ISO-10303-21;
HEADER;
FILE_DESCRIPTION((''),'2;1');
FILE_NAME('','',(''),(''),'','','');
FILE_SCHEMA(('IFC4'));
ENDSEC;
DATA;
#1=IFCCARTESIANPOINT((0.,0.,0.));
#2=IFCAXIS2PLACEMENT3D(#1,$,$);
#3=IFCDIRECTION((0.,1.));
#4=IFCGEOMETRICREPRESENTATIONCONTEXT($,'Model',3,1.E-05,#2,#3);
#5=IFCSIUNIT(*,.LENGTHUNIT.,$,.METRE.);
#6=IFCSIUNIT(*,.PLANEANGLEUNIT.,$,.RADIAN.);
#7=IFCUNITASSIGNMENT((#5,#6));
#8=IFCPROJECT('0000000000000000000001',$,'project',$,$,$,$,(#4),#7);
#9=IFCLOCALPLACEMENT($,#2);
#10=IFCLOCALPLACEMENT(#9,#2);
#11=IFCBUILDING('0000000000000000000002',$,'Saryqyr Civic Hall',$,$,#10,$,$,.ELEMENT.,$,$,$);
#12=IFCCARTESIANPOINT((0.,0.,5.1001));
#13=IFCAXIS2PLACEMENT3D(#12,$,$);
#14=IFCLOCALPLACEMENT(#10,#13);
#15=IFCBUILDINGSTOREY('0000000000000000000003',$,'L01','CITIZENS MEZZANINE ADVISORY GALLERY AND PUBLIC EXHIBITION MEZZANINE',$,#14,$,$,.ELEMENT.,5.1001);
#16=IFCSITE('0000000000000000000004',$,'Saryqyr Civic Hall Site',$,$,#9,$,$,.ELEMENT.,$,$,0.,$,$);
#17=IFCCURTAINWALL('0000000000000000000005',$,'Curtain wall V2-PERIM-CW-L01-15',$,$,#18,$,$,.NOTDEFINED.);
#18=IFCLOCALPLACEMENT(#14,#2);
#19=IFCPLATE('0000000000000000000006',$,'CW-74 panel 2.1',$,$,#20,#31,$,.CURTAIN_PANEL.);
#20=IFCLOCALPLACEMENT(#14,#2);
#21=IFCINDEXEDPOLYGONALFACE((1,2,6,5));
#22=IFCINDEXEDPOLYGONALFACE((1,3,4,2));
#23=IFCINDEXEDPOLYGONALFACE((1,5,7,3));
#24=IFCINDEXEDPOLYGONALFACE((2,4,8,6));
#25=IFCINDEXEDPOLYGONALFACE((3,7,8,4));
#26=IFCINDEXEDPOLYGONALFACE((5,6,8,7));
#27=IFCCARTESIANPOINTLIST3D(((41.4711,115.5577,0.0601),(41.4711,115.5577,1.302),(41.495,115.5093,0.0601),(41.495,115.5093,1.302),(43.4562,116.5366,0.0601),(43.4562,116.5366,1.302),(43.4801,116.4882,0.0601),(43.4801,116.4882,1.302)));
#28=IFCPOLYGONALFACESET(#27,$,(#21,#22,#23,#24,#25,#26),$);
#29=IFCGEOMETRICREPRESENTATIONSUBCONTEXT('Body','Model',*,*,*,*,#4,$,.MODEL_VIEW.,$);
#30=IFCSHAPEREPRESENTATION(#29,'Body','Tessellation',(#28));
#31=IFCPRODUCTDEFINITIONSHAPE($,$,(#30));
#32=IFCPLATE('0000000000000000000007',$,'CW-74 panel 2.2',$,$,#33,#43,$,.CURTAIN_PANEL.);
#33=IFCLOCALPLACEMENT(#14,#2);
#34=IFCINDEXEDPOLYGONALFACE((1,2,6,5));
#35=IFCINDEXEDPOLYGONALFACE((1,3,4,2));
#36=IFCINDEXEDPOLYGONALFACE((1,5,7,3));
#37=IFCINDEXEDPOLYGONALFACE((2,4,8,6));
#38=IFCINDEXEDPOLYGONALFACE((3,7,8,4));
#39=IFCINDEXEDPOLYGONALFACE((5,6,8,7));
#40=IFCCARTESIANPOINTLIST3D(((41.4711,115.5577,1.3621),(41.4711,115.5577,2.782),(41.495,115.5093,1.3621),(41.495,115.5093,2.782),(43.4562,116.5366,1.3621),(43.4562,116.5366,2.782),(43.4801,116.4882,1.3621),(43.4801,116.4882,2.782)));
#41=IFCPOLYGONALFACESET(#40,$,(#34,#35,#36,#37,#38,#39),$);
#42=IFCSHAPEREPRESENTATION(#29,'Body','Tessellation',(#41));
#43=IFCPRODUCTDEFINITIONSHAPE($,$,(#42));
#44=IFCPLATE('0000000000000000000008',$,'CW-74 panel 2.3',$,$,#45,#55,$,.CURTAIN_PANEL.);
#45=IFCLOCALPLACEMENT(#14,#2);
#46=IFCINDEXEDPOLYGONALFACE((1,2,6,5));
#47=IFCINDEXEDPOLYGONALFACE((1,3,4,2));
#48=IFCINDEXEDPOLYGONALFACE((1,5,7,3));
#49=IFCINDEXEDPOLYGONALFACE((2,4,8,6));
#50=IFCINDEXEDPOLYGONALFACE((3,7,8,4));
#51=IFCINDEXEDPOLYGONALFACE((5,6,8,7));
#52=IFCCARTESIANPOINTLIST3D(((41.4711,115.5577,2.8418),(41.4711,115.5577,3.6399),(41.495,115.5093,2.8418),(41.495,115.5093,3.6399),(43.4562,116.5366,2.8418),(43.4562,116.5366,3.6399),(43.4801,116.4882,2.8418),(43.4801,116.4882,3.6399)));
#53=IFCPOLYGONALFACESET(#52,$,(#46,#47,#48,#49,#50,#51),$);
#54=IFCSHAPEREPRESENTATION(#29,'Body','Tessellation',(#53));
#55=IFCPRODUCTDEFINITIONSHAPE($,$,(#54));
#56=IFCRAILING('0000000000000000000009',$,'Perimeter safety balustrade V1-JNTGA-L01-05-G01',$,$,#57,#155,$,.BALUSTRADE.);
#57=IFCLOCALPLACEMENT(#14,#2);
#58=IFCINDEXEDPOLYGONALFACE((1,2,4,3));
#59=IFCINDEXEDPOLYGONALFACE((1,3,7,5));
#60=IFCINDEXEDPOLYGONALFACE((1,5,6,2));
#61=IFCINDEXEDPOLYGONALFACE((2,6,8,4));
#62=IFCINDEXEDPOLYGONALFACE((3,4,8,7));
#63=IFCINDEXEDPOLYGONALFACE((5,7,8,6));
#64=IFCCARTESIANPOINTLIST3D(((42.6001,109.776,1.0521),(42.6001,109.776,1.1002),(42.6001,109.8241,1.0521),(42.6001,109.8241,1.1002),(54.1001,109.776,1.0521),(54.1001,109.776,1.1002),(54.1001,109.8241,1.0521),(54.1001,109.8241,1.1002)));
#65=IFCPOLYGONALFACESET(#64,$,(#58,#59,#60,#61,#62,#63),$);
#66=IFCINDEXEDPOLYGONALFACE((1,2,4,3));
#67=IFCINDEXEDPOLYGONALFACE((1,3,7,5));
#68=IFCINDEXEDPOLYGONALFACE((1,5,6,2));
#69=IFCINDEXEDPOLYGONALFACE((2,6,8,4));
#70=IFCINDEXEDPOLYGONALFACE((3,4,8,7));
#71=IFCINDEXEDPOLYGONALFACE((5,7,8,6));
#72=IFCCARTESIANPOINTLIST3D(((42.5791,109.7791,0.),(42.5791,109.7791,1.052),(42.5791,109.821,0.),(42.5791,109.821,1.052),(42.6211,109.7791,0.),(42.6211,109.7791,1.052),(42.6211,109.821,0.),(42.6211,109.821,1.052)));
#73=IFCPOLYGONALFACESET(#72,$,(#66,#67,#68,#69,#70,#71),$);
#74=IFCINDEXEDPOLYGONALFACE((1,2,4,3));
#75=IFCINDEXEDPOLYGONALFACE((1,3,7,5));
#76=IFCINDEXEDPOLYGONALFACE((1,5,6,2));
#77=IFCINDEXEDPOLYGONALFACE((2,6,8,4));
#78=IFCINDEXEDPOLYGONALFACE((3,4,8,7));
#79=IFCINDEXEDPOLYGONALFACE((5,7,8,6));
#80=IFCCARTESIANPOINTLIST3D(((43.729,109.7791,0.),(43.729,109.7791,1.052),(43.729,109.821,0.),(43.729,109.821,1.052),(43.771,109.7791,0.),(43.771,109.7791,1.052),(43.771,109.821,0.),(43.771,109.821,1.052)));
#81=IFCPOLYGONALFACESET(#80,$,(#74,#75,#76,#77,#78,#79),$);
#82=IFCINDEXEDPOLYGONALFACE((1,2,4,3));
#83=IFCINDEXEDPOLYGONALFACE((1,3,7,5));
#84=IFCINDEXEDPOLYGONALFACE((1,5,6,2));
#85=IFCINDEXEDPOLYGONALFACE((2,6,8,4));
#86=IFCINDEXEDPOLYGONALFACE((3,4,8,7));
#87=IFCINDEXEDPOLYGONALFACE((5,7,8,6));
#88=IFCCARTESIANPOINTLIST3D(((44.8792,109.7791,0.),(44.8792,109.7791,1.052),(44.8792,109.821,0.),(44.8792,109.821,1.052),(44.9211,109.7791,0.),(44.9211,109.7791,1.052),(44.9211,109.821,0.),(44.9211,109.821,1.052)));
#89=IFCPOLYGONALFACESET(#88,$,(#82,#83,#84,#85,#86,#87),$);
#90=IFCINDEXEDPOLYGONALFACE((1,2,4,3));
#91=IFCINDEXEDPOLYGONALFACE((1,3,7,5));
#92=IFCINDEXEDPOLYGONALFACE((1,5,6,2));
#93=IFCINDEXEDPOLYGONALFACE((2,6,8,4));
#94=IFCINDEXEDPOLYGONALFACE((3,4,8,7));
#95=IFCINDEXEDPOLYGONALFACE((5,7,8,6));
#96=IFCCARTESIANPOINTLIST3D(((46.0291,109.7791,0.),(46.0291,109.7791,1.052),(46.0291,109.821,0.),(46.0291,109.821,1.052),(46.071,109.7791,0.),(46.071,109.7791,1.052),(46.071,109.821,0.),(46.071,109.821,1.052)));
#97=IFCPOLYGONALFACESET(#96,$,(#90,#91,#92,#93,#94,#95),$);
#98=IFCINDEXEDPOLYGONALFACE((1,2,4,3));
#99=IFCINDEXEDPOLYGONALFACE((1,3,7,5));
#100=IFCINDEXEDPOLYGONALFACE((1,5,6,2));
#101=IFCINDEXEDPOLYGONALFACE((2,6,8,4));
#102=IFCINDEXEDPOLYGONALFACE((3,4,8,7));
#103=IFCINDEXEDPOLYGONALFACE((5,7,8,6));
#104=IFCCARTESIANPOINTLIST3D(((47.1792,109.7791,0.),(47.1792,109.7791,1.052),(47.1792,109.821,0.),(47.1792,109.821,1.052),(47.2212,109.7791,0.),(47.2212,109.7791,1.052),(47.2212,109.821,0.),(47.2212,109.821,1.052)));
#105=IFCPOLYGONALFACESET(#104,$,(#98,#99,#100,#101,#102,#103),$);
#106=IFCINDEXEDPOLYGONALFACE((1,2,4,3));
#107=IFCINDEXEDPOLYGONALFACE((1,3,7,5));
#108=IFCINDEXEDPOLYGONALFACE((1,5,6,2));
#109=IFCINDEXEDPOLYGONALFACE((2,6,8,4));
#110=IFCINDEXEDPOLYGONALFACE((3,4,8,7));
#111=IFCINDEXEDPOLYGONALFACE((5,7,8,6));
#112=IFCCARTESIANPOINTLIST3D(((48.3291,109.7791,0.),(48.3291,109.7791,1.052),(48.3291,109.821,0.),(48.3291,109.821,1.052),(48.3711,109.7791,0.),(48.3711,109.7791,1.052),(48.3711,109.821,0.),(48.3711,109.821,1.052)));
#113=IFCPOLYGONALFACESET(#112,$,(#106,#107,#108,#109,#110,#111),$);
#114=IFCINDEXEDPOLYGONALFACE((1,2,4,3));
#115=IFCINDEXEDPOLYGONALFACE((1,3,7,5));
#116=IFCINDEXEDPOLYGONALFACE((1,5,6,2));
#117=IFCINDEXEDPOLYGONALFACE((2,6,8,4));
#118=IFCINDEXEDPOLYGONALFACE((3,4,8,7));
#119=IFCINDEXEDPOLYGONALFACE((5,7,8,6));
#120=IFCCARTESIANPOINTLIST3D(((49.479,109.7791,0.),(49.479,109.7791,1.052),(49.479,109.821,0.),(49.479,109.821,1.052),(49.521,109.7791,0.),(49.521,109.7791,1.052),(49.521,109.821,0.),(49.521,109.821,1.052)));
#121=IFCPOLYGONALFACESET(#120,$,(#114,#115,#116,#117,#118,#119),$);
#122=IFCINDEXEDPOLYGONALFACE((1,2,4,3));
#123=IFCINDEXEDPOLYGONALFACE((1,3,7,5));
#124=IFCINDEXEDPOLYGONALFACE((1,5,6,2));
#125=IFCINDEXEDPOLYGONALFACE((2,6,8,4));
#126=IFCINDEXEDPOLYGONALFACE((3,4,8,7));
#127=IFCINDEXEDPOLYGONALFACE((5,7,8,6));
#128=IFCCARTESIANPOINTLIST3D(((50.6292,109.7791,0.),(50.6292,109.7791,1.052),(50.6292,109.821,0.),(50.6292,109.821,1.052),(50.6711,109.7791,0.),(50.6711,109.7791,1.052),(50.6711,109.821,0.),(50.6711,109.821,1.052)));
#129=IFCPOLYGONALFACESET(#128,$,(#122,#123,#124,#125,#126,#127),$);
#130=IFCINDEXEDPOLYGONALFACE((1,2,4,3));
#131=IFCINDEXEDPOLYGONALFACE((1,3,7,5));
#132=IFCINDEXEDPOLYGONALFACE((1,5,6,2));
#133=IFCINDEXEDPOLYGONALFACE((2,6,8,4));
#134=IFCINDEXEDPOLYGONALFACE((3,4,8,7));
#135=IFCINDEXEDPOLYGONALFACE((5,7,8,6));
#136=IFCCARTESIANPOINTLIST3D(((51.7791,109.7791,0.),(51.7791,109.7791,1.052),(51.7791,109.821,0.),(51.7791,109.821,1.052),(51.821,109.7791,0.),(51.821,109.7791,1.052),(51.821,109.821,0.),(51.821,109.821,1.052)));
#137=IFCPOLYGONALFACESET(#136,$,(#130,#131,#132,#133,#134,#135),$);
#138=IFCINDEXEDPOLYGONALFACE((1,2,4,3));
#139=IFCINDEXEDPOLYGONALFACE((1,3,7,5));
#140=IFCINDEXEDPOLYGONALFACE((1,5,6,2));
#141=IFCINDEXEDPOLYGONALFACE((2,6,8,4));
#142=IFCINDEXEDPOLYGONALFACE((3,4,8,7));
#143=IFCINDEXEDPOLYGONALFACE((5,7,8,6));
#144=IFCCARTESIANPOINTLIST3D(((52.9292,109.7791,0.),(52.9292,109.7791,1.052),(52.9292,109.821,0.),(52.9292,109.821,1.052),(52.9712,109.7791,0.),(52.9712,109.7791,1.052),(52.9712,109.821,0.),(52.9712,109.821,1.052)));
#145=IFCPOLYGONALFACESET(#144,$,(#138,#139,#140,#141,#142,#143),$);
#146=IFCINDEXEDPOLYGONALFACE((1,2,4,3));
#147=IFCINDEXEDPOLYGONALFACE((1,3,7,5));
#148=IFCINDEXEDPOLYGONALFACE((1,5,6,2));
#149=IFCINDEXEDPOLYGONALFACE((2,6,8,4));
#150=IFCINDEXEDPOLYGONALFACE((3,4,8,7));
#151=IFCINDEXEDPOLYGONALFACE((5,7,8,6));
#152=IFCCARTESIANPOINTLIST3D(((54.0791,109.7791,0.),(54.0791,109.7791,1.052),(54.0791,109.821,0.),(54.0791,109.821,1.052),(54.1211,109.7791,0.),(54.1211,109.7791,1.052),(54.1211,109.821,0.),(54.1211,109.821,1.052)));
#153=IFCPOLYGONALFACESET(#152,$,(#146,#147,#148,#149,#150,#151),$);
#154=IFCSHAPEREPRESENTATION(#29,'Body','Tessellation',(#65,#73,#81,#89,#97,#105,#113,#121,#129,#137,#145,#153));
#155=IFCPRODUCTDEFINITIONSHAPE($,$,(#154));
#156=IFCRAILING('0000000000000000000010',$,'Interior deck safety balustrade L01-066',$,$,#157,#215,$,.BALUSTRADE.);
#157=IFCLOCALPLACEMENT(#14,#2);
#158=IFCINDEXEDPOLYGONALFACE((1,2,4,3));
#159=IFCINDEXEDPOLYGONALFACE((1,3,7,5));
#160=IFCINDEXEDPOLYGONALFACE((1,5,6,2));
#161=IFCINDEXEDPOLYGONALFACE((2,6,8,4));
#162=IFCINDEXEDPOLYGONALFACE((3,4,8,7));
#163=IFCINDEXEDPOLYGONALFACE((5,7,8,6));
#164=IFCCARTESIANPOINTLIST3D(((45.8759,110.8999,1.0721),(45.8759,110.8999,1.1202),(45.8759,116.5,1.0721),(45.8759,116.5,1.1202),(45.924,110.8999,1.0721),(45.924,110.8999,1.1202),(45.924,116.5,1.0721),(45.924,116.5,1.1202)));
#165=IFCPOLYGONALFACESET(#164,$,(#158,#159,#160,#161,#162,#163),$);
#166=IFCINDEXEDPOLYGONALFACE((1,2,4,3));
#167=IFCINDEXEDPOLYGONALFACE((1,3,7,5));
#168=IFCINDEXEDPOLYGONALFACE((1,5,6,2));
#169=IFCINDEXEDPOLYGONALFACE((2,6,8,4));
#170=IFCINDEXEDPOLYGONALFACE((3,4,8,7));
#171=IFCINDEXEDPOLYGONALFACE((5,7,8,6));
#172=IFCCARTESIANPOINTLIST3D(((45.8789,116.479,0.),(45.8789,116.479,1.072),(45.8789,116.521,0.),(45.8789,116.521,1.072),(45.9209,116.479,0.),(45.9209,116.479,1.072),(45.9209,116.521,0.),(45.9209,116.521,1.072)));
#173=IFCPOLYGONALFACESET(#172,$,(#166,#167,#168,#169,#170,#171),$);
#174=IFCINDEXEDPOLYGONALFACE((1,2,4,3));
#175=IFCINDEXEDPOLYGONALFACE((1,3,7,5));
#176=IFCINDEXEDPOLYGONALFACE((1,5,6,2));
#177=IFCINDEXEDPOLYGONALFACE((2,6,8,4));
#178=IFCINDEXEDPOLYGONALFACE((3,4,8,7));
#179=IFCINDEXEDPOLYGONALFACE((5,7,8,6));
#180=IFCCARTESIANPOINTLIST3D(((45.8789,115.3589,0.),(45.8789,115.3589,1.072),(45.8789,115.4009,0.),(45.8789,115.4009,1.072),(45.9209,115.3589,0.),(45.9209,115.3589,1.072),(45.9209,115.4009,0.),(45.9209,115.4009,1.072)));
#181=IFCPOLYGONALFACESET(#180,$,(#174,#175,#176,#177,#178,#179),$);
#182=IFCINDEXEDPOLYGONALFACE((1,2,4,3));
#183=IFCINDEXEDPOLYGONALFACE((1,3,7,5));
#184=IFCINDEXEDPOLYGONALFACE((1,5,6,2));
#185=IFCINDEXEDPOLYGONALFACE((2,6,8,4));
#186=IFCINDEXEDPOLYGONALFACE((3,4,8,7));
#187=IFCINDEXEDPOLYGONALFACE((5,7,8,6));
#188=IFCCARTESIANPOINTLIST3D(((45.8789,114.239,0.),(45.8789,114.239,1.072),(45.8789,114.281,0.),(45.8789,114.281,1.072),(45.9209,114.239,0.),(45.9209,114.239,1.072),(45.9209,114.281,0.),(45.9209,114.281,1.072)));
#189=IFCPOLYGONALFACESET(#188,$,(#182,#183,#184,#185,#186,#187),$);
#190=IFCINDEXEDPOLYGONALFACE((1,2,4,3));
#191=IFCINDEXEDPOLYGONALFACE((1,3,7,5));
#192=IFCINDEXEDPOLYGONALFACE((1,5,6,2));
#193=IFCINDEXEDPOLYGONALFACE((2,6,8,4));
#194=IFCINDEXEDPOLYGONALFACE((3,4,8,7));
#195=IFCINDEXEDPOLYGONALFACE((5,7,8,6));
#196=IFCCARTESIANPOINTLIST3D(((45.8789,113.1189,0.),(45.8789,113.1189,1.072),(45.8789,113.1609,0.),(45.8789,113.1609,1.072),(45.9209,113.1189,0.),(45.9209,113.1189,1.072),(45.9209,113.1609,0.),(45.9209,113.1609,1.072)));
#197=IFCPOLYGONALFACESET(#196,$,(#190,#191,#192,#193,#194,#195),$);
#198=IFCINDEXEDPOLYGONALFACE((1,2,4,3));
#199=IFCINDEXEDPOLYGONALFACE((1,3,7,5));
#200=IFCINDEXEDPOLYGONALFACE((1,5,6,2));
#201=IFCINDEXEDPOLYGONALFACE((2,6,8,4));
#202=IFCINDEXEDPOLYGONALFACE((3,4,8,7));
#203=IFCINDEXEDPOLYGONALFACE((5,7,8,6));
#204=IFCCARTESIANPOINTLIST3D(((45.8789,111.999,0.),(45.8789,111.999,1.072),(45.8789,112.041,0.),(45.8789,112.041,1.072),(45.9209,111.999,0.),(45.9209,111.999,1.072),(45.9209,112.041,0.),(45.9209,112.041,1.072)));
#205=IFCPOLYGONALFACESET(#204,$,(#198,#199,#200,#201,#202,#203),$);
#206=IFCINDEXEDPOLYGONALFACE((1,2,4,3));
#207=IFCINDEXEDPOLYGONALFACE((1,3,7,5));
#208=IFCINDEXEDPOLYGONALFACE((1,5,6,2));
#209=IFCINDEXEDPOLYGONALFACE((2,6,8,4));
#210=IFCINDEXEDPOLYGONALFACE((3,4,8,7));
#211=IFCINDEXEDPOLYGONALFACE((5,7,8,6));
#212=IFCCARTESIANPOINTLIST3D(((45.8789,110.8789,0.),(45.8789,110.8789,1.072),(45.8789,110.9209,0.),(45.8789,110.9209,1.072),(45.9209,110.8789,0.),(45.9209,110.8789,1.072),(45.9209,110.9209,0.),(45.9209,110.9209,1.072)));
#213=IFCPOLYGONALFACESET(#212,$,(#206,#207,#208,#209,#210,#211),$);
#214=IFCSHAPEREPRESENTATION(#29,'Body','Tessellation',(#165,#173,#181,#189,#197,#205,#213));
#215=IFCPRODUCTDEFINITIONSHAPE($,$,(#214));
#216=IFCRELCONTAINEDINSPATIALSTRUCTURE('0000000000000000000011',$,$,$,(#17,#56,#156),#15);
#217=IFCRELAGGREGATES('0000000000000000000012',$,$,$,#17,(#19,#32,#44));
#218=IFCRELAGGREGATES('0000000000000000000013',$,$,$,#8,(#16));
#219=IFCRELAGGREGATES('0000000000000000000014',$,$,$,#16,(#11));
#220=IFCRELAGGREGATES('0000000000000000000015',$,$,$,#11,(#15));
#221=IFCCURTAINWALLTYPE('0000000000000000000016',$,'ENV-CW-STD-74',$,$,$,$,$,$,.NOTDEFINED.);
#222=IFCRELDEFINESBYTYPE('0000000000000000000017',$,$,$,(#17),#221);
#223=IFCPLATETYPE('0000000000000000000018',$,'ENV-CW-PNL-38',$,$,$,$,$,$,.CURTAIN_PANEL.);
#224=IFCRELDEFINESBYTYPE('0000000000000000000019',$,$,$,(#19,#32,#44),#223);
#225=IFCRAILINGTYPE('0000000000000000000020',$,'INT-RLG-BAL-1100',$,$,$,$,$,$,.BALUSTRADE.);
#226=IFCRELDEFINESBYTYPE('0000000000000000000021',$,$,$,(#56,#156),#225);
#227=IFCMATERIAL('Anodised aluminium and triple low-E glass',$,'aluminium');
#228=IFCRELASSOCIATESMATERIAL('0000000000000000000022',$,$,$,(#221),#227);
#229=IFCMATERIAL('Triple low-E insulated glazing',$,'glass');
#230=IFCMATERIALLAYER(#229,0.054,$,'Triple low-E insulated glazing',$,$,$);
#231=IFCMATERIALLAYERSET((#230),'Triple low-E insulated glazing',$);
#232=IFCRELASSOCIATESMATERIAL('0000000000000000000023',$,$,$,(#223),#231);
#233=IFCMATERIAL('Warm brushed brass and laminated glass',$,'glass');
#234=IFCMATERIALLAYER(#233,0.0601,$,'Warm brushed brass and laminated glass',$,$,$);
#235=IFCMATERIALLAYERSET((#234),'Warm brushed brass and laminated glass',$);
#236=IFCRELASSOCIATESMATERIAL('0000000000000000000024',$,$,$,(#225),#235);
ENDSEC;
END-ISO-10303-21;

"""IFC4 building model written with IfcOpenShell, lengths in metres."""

from ifc_helpers import new_model, si_unit, direction, frame, origin, origin_2d, place, context, subcontext, project, spatial, rectangle, extrude, material, layer, layer_set, type_object, element, aggregate, save


model = new_model("IFC4")

# Units and contexts
model_context = context("Model", 3, precision=1e-05, world=origin(), true_north=direction((0.0, 1.0)))
body_context = subcontext(model_context, "Body", "Model", "MODEL_VIEW")
ifc_project = project(units=[si_unit("LENGTHUNIT", "METRE"), si_unit("PLANEANGLEUNIT", "RADIAN")], contexts=[model_context])

# Site, building, storey
site_placement = place(None, origin())
site = spatial("IfcSite", under=ifc_project, at=site_placement, Name="Saryqyr Civic Hall Site", CompositionType="ELEMENT", RefElevation=0.0)
building_placement = place(site_placement, origin())
building = spatial("IfcBuilding", under=site, at=building_placement, Name="Saryqyr Civic Hall", CompositionType="ELEMENT")
storey_placement = place(building_placement, frame((0.0, 0.0, 5.1001)))
storey = spatial("IfcBuildingStorey", under=building, at=storey_placement, Name="L01", Description="CITIZENS MEZZANINE ADVISORY GALLERY AND PUBLIC EXHIBITION MEZZANINE", CompositionType="ELEMENT", Elevation=5.1001)

# Shared definitions
ifc_material_1 = material(Name="Anodised aluminium and triple low-E glass", Category="aluminium")

# Curtain wall
curtain_wall_type_1 = type_object("IfcCurtainWallType", Name="ENV-CW-STD-74", PredefinedType="NOTDEFINED", material=ifc_material_1)
curtain_wall_1_placement = place(storey_placement, origin())
curtain_wall_1 = element("IfcCurtainWall", 1, at=curtain_wall_1_placement, inside=storey, type_object=curtain_wall_type_1, Name="Curtain wall V2-PERIM-CW-L01-15", PredefinedType="NOTDEFINED")

# Plates
ifc_material_2 = material(Name="Triple low-E insulated glazing", Category="glass")
ifc_layer_1 = layer(ifc_material_2, 0.054, Name="Triple low-E insulated glazing")
ifc_layer_set_1 = layer_set([ifc_layer_1], Name="Triple low-E insulated glazing")
plate_type = type_object("IfcPlateType", Name="ENV-CW-PNL-38", PredefinedType="CURTAIN_PANEL", material=ifc_layer_set_1)
plate_1_placement = place(storey_placement, frame((42.4756, 116.0229, 0.0601), z_axis=(0.0, 0.0, 1.0), x_axis=(0.896875, 0.442284, 0.0)))
plate_1 = element("IfcPlate", 2, at=plate_1_placement, type_object=plate_type, Name="CW-74 panel 2.1", PredefinedType="CURTAIN_PANEL", context=body_context, shape_type="SweptSolid", body=[
    extrude(rectangle(XDim=2.2134, YDim=0.054, at=origin_2d()), origin(), (0.0, 0.0, 1.0), 1.2419),
])
plate_2_placement = place(storey_placement, frame((42.4756, 116.0229, 1.3621), z_axis=(0.0, 0.0, 1.0), x_axis=(0.896875, 0.442284, 0.0)))
plate_2 = element("IfcPlate", 3, at=plate_2_placement, type_object=plate_type, Name="CW-74 panel 2.2", PredefinedType="CURTAIN_PANEL", context=body_context, shape_type="SweptSolid", body=[
    extrude(rectangle(XDim=2.2134, YDim=0.054, at=origin_2d()), origin(), (0.0, 0.0, 1.0), 1.4199),
])
plate_3_placement = place(storey_placement, frame((42.4756, 116.0229, 2.8418), z_axis=(0.0, 0.0, 1.0), x_axis=(0.896875, 0.442284, 0.0)))
plate_3 = element("IfcPlate", 4, at=plate_3_placement, type_object=plate_type, Name="CW-74 panel 2.3", PredefinedType="CURTAIN_PANEL", context=body_context, shape_type="SweptSolid", body=[
    extrude(rectangle(XDim=2.2134, YDim=0.054, at=origin_2d()), origin(), (0.0, 0.0, 1.0), 0.7981),
])
aggregate(curtain_wall_1, [plate_1, plate_2, plate_3])

# Railings
ifc_material_3 = material(Name="Warm brushed brass and laminated glass", Category="glass")
ifc_layer_2 = layer(ifc_material_3, 0.0601, Name="Warm brushed brass and laminated glass")
ifc_layer_set_2 = layer_set([ifc_layer_2], Name="Warm brushed brass and laminated glass")
railing_type = type_object("IfcRailingType", Name="INT-RLG-BAL-1100", PredefinedType="BALUSTRADE", material=ifc_layer_set_2)
railing_1_placement = place(storey_placement, frame((42.6001, 109.8, 0.0)))
element("IfcRailing", 5, at=railing_1_placement, inside=storey, type_object=railing_type, Name="Perimeter safety balustrade V1-JNTGA-L01-05-G01", PredefinedType="BALUSTRADE", context=body_context, shape_type="SweptSolid", body=[
    extrude(rectangle(XDim=0.0481, YDim=0.0481, at=origin_2d()), frame((0.0, 0.0, 1.0762), z_axis=(1.0, 0.0, 0.0), x_axis=(0.0, 1.0, 0.0)), (0.0, 0.0, 1.0), 11.5),
    extrude(rectangle(XDim=0.042, YDim=0.042, at=origin_2d()), origin(), (0.0, 0.0, 1.0), 1.052),
    extrude(rectangle(XDim=0.042, YDim=0.042, at=origin_2d()), frame((1.1499, 0.0, 0.0)), (0.0, 0.0, 1.0), 1.052),
    extrude(rectangle(XDim=0.042, YDim=0.042, at=origin_2d()), frame((2.3, 0.0, 0.0)), (0.0, 0.0, 1.0), 1.052),
    extrude(rectangle(XDim=0.042, YDim=0.042, at=origin_2d()), frame((3.45, 0.0, 0.0)), (0.0, 0.0, 1.0), 1.052),
    extrude(rectangle(XDim=0.042, YDim=0.042, at=origin_2d()), frame((4.6001, 0.0, 0.0)), (0.0, 0.0, 1.0), 1.052),
    extrude(rectangle(XDim=0.042, YDim=0.042, at=origin_2d()), frame((5.75, 0.0, 0.0)), (0.0, 0.0, 1.0), 1.052),
    extrude(rectangle(XDim=0.042, YDim=0.042, at=origin_2d()), frame((6.8999, 0.0, 0.0)), (0.0, 0.0, 1.0), 1.052),
    extrude(rectangle(XDim=0.042, YDim=0.042, at=origin_2d()), frame((8.05, 0.0, 0.0)), (0.0, 0.0, 1.0), 1.052),
    extrude(rectangle(XDim=0.042, YDim=0.042, at=origin_2d()), frame((9.2, 0.0, 0.0)), (0.0, 0.0, 1.0), 1.052),
    extrude(rectangle(XDim=0.042, YDim=0.042, at=origin_2d()), frame((10.3501, 0.0, 0.0)), (0.0, 0.0, 1.0), 1.052),
    extrude(rectangle(XDim=0.042, YDim=0.042, at=origin_2d()), frame((11.5, 0.0, 0.0)), (0.0, 0.0, 1.0), 1.052),
])
railing_2_placement = place(storey_placement, frame((45.8999, 116.5, 0.0)))
element("IfcRailing", 6, at=railing_2_placement, inside=storey, type_object=railing_type, Name="Interior deck safety balustrade L01-066", PredefinedType="BALUSTRADE", context=body_context, shape_type="SweptSolid", body=[
    extrude(rectangle(XDim=0.0481, YDim=0.0481, at=origin_2d()), frame((0.0, 0.0, 1.0962), z_axis=(0.0, -1.0, 0.0), x_axis=(1.0, 0.0, 0.0)), (0.0, 0.0, 1.0), 5.6001),
    extrude(rectangle(XDim=0.042, YDim=0.042, at=origin_2d()), origin(), (0.0, 0.0, 1.0), 1.072),
    extrude(rectangle(XDim=0.042, YDim=0.042, at=origin_2d()), frame((0.0, -1.1201, 0.0)), (0.0, 0.0, 1.0), 1.072),
    extrude(rectangle(XDim=0.042, YDim=0.042, at=origin_2d()), frame((0.0, -2.24, 0.0)), (0.0, 0.0, 1.0), 1.072),
    extrude(rectangle(XDim=0.042, YDim=0.042, at=origin_2d()), frame((0.0, -3.3601, 0.0)), (0.0, 0.0, 1.0), 1.072),
    extrude(rectangle(XDim=0.042, YDim=0.042, at=origin_2d()), frame((0.0, -4.48, 0.0)), (0.0, 0.0, 1.0), 1.072),
    extrude(rectangle(XDim=0.042, YDim=0.042, at=origin_2d()), frame((0.0, -5.6001, 0.0)), (0.0, 0.0, 1.0), 1.072),
])

save(model, "model.ifc")
